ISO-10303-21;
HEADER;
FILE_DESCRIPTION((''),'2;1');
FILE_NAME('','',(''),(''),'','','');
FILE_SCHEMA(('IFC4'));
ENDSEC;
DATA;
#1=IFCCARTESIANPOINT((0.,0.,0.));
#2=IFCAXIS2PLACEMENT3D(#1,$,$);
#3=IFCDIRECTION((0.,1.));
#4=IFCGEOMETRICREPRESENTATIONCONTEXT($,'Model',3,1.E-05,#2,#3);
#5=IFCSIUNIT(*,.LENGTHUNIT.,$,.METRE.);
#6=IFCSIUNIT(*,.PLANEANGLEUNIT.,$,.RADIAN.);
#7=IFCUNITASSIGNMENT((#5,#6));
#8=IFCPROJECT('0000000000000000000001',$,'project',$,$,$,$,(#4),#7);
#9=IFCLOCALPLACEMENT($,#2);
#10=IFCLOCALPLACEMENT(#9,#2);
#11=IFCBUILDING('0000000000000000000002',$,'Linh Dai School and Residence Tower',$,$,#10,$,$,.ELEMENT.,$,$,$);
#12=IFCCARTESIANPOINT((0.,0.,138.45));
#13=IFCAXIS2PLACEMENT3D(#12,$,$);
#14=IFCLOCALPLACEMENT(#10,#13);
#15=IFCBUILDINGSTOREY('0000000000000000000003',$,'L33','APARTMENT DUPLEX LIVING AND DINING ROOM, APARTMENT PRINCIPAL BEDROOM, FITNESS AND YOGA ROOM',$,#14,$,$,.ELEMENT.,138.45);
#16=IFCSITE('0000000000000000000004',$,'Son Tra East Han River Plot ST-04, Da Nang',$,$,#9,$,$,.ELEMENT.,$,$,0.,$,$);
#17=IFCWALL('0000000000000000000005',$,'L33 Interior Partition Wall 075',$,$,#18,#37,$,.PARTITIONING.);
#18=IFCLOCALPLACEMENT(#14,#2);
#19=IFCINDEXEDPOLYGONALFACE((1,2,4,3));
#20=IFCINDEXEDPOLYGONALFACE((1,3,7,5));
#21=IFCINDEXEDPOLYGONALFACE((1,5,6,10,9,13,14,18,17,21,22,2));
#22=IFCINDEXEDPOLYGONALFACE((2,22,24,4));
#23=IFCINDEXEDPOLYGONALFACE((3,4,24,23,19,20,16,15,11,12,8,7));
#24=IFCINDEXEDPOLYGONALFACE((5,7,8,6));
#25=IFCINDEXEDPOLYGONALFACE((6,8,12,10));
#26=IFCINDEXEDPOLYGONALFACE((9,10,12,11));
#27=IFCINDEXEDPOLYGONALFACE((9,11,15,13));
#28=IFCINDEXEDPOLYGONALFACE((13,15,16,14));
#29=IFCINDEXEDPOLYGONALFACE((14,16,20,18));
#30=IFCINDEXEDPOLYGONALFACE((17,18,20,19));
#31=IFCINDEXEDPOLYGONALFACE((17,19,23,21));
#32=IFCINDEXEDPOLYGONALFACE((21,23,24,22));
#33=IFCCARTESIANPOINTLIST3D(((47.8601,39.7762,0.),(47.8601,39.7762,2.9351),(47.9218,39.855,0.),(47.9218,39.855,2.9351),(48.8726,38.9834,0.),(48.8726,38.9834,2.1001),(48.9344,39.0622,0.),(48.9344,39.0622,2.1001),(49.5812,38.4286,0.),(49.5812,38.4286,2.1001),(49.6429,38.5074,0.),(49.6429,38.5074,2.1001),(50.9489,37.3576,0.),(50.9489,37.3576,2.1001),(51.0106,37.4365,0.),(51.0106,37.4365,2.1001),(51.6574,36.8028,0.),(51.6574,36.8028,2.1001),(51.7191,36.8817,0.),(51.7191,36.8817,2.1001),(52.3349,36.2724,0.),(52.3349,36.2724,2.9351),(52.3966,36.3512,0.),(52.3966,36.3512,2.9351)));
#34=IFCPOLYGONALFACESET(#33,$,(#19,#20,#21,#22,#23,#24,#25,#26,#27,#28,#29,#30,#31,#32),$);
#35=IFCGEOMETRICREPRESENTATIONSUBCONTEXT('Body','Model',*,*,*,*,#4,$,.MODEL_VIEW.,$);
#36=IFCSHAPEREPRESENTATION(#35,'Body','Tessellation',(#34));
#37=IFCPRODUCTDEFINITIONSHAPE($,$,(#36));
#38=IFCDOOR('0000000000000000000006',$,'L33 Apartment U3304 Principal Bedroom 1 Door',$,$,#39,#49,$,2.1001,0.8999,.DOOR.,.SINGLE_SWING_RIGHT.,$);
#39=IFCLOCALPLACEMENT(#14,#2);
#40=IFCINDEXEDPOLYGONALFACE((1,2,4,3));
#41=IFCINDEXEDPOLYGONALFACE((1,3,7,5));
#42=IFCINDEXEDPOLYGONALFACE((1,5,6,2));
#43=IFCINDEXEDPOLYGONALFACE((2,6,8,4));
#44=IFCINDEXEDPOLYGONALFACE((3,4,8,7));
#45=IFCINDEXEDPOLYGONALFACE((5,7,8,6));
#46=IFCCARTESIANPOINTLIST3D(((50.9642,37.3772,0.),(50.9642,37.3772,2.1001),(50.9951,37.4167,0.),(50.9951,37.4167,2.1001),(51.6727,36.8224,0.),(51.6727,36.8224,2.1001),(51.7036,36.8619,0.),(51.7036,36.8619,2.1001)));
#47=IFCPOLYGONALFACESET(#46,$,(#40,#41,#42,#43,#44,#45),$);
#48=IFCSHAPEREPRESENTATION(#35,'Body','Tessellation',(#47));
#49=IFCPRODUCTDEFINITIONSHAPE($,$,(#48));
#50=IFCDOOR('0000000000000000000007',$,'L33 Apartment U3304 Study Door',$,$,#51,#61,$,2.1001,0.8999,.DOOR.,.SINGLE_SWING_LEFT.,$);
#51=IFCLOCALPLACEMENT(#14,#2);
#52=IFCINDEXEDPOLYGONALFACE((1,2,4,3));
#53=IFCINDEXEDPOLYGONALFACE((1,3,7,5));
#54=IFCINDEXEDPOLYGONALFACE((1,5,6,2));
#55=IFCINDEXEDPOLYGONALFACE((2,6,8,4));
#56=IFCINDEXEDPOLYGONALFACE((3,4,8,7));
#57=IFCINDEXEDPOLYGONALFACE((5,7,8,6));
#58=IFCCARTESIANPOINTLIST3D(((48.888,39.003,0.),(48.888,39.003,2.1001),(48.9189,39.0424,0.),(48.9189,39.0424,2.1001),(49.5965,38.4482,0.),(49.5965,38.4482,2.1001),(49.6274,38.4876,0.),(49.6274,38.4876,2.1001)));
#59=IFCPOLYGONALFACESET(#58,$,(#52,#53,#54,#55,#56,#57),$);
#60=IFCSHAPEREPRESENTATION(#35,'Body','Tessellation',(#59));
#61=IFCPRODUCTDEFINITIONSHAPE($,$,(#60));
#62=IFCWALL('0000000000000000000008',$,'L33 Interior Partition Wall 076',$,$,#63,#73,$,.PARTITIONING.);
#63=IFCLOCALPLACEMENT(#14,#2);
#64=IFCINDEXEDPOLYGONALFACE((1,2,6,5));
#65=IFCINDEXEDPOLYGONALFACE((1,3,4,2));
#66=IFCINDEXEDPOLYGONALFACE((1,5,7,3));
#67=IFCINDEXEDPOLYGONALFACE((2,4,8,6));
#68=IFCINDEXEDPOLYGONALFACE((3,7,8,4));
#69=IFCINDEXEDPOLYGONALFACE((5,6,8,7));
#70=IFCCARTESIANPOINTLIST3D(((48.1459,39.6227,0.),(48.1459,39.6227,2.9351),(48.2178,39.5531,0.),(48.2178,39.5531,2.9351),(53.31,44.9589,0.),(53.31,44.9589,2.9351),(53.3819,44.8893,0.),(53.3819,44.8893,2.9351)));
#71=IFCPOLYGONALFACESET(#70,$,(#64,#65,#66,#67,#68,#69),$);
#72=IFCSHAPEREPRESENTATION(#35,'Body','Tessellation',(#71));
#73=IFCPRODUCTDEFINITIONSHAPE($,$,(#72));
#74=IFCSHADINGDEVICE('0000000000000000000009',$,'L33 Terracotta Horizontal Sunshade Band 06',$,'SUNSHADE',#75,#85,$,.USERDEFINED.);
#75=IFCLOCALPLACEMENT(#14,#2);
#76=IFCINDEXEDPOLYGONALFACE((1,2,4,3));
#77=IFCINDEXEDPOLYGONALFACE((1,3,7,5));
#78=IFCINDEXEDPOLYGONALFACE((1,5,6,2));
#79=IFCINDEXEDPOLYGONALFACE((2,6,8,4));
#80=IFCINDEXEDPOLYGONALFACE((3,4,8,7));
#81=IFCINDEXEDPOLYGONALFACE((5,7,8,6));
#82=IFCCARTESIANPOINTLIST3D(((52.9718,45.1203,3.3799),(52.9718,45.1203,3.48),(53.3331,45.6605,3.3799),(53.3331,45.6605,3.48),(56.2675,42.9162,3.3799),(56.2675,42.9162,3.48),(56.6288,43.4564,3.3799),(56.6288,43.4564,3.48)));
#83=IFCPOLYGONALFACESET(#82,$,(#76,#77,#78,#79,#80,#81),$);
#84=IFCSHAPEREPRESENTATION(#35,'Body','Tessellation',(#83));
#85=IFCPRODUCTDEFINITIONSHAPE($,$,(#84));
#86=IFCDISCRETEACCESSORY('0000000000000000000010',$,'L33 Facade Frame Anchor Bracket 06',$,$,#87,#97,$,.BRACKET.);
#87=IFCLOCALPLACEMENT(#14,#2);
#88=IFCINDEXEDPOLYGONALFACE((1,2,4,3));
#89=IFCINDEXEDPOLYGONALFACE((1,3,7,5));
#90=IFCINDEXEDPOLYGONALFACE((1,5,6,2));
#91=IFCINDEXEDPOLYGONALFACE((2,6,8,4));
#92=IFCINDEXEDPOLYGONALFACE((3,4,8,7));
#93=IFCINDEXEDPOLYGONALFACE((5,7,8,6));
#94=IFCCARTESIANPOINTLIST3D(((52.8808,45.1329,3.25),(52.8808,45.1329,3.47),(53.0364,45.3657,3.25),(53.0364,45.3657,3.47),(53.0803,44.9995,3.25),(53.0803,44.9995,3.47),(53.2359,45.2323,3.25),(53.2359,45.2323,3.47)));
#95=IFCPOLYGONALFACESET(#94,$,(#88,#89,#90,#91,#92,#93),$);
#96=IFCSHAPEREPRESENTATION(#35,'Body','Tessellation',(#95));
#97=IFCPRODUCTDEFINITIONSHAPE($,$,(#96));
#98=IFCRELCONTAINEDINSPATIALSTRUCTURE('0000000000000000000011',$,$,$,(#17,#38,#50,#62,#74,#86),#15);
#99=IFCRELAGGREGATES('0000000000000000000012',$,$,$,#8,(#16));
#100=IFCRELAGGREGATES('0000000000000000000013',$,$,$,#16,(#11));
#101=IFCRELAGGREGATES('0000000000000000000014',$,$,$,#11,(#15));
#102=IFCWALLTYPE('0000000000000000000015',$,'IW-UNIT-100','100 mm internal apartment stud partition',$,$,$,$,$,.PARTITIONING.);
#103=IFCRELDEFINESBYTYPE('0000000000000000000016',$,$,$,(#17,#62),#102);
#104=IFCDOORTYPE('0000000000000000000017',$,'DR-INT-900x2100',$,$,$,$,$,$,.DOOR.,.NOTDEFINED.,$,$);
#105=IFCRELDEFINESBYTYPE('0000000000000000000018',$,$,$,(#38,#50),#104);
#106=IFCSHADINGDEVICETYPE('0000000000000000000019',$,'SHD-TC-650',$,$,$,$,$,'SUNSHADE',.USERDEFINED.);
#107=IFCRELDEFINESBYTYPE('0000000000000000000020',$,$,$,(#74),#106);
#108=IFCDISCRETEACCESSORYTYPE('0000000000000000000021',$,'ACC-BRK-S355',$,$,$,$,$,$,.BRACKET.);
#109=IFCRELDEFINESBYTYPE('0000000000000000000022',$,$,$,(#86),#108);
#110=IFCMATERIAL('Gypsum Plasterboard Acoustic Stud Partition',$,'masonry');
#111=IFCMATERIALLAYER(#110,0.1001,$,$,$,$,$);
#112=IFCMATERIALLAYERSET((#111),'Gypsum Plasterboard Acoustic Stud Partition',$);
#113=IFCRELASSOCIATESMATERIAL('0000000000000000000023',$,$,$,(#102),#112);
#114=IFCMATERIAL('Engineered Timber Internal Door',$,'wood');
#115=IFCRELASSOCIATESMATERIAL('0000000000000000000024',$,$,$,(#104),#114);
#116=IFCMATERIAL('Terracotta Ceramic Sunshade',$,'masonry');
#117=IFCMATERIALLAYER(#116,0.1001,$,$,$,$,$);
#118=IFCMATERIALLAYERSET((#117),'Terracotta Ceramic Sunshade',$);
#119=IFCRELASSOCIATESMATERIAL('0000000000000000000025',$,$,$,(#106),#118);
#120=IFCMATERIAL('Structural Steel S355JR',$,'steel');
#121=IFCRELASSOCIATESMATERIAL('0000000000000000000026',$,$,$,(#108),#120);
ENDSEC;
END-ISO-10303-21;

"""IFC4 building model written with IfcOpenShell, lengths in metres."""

from ifc_helpers import new_model, si_unit, direction, frame, frame_2d, origin, origin_2d, place, context, subcontext, project, spatial, rectangle, extrude, source, transform, mapped, material, layer, layer_set, type_object, element, fill, save


model = new_model("IFC4")

# Units and contexts
model_context = context("Model", 3, precision=1e-05, world=origin(), true_north=direction((0.0, 1.0)))
body_context = subcontext(model_context, "Body", "Model", "MODEL_VIEW")
ifc_project = project(units=[si_unit("LENGTHUNIT", "METRE"), si_unit("PLANEANGLEUNIT", "RADIAN")], contexts=[model_context])

# Site, building, storey
site_placement = place(None, origin())
site = spatial("IfcSite", under=ifc_project, at=site_placement, Name="Son Tra East Han River Plot ST-04, Da Nang", CompositionType="ELEMENT", RefElevation=0.0)
building_placement = place(site_placement, origin())
building = spatial("IfcBuilding", under=site, at=building_placement, Name="Linh Dai School and Residence Tower", CompositionType="ELEMENT")
storey_placement = place(building_placement, frame((0.0, 0.0, 138.45)))
storey = spatial("IfcBuildingStorey", under=building, at=storey_placement, Name="L33", Description="APARTMENT DUPLEX LIVING AND DINING ROOM, APARTMENT PRINCIPAL BEDROOM, FITNESS AND YOGA ROOM", CompositionType="ELEMENT", Elevation=138.45)

# Shared definitions
ifc_material_1 = material(Name="Structural Steel S355JR", Category="steel")

# Wall, openings, doors
ifc_material_2 = material(Name="Gypsum Plasterboard Acoustic Stud Partition", Category="masonry")
ifc_layer_1 = layer(ifc_material_2, 0.1001)
ifc_layer_set_1 = layer_set([ifc_layer_1], Name="Gypsum Plasterboard Acoustic Stud Partition")
wall_type_1 = type_object("IfcWallType", Name="IW-UNIT-100", Description="100 mm internal apartment stud partition", PredefinedType="PARTITIONING", material=ifc_layer_set_1)
wall_1_placement = place(storey_placement, frame((47.8909, 39.8157, 0.0), z_axis=(0.0, 0.0, 1.0), x_axis=(0.787347, -0.61651, 0.0)))
wall_1 = element("IfcWall", 1, at=wall_1_placement, inside=storey, type_object=wall_type_1, Name="L33 Interior Partition Wall 075", PredefinedType="PARTITIONING", context=body_context, shape_type="SweptSolid", body=[
    extrude(rectangle(XDim=5.6833, YDim=0.1001, at=frame_2d((2.8418, 0.0))), origin(), (0.0, 0.0, 1.0), 2.9351),
])
opening_1_placement = place(wall_1_placement, frame((3.9231, 0.0, 0.0)))
opening_1 = element("IfcOpeningElement", 2, at=opening_1_placement, cuts=wall_1, PredefinedType="OPENING", context=body_context, shape_type="SweptSolid", body=[
    extrude(rectangle(XDim=0.8999, YDim=2.1001, at=origin_2d()), frame((0.45, 0.0601, 1.05), z_axis=(0.0, -1.0, 0.0), x_axis=(1.0, 0.0, 0.0)), (0.0, 0.0, 1.0), 0.1201),
])
opening_2_placement = place(wall_1_placement, frame((1.2861, 0.0, 0.0)))
opening_2 = element("IfcOpeningElement", 3, at=opening_2_placement, cuts=wall_1, PredefinedType="OPENING", context=body_context, shape_type="SweptSolid", body=[
    extrude(rectangle(XDim=0.8999, YDim=2.1001, at=origin_2d()), frame((0.45, 0.0601, 1.05), z_axis=(0.0, -1.0, 0.0), x_axis=(1.0, 0.0, 0.0)), (0.0, 0.0, 1.0), 0.1201),
])
ifc_material_3 = material(Name="Engineered Timber Internal Door", Category="wood")
door_type = type_object("IfcDoorType", Name="DR-INT-900x2100", OperationType="NOTDEFINED", PredefinedType="DOOR", material=ifc_material_3)
shared_shape_1 = source(origin(), body_context, "Body", "SweptSolid", [
    extrude(rectangle(XDim=0.8999, YDim=2.1001, at=origin_2d()), frame((0.45, 0.0249, 1.05), z_axis=(0.0, -1.0, 0.0), x_axis=(1.0, 0.0, 0.0)), (0.0, 0.0, 1.0), 0.05),
])
door_1_placement = place(opening_1_placement, origin())
door_1 = element("IfcDoor", 4, at=door_1_placement, inside=storey, type_object=door_type, Name="L33 Apartment U3304 Principal Bedroom 1 Door", OperationType="SINGLE_SWING_RIGHT", OverallHeight=2.1001, OverallWidth=0.8999, PredefinedType="DOOR", context=body_context, shape_type="MappedRepresentation", body=[
    mapped(shared_shape_1, transform((0.0, 0.0, 0.0), x_axis=(1.0, 0.0, 0.0), y_axis=(0.0, 1.0, 0.0), z_axis=(0.0, 0.0, 1.0), scale=1.0)),
])
fill(opening_1, door_1)
door_2_placement = place(opening_2_placement, origin())
door_2 = element("IfcDoor", 5, at=door_2_placement, inside=storey, type_object=door_type, Name="L33 Apartment U3304 Study Door", OperationType="SINGLE_SWING_LEFT", OverallHeight=2.1001, OverallWidth=0.8999, PredefinedType="DOOR", context=body_context, shape_type="MappedRepresentation", body=[
    mapped(shared_shape_1, transform((0.0, 0.0, 0.0), x_axis=(1.0, 0.0, 0.0), y_axis=(0.0, 1.0, 0.0), z_axis=(0.0, 0.0, 1.0), scale=1.0)),
])
fill(opening_2, door_2)

# Wall
wall_2_placement = place(storey_placement, frame((48.1819, 39.5879, 0.0), z_axis=(0.0, 0.0, 1.0), x_axis=(0.695423, 0.718601, 0.0)))
element("IfcWall", 6, at=wall_2_placement, inside=storey, type_object=wall_type_1, Name="L33 Interior Partition Wall 076", PredefinedType="PARTITIONING", context=body_context, shape_type="SweptSolid", body=[
    extrude(rectangle(XDim=7.4258, YDim=0.1001, at=frame_2d((3.7129, 0.0))), origin(), (0.0, 0.0, 1.0), 2.9351),
])

# Shading device
ifc_material_4 = material(Name="Terracotta Ceramic Sunshade", Category="masonry")
ifc_layer_2 = layer(ifc_material_4, 0.1001)
ifc_layer_set_2 = layer_set([ifc_layer_2], Name="Terracotta Ceramic Sunshade")
shading_device_type = type_object("IfcShadingDeviceType", Name="SHD-TC-650", ElementType="SUNSHADE", PredefinedType="USERDEFINED", material=ifc_layer_set_2)
shared_shape_2 = source(origin(), body_context, "Body", "SweptSolid", [
    extrude(rectangle(XDim=3.9648, YDim=0.6499, at=origin_2d()), origin(), (0.0, 0.0, 1.0), 0.1001),
])
shading_device_placement = place(storey_placement, frame((54.8003, 44.2883, 3.3799), z_axis=(0.0, 0.0, 1.0), x_axis=(0.83124, -0.555913, 0.0)))
element("IfcShadingDevice", 7, at=shading_device_placement, inside=storey, type_object=shading_device_type, Name="L33 Terracotta Horizontal Sunshade Band 06", ObjectType="SUNSHADE", PredefinedType="USERDEFINED", context=body_context, shape_type="MappedRepresentation", body=[
    mapped(shared_shape_2, transform((0.0, 0.0, 0.0), x_axis=(1.0, 0.0, 0.0), y_axis=(0.0, 1.0, 0.0), z_axis=(0.0, 0.0, 1.0), scale=1.0)),
])

# Discrete accessory
discrete_accessory_type = type_object("IfcDiscreteAccessoryType", Name="ACC-BRK-S355", PredefinedType="BRACKET", material=ifc_material_1)
shared_shape_3 = source(origin(), body_context, "Body", "SweptSolid", [
    extrude(rectangle(XDim=0.28, YDim=0.24, at=origin_2d()), origin(), (0.0, 0.0, 1.0), 0.22),
])
discrete_accessory_placement = place(storey_placement, frame((53.0583, 45.1826, 3.25), z_axis=(0.0, 0.0, 1.0), x_axis=(0.555913, 0.83124, 0.0)))
element("IfcDiscreteAccessory", 8, at=discrete_accessory_placement, inside=storey, type_object=discrete_accessory_type, Name="L33 Facade Frame Anchor Bracket 06", PredefinedType="BRACKET", context=body_context, shape_type="MappedRepresentation", body=[
    mapped(shared_shape_3, transform((0.0, 0.0, 0.0), x_axis=(1.0, 0.0, 0.0), y_axis=(0.0, 1.0, 0.0), z_axis=(0.0, 0.0, 1.0), scale=1.0)),
])

save(model, "model.ifc")
